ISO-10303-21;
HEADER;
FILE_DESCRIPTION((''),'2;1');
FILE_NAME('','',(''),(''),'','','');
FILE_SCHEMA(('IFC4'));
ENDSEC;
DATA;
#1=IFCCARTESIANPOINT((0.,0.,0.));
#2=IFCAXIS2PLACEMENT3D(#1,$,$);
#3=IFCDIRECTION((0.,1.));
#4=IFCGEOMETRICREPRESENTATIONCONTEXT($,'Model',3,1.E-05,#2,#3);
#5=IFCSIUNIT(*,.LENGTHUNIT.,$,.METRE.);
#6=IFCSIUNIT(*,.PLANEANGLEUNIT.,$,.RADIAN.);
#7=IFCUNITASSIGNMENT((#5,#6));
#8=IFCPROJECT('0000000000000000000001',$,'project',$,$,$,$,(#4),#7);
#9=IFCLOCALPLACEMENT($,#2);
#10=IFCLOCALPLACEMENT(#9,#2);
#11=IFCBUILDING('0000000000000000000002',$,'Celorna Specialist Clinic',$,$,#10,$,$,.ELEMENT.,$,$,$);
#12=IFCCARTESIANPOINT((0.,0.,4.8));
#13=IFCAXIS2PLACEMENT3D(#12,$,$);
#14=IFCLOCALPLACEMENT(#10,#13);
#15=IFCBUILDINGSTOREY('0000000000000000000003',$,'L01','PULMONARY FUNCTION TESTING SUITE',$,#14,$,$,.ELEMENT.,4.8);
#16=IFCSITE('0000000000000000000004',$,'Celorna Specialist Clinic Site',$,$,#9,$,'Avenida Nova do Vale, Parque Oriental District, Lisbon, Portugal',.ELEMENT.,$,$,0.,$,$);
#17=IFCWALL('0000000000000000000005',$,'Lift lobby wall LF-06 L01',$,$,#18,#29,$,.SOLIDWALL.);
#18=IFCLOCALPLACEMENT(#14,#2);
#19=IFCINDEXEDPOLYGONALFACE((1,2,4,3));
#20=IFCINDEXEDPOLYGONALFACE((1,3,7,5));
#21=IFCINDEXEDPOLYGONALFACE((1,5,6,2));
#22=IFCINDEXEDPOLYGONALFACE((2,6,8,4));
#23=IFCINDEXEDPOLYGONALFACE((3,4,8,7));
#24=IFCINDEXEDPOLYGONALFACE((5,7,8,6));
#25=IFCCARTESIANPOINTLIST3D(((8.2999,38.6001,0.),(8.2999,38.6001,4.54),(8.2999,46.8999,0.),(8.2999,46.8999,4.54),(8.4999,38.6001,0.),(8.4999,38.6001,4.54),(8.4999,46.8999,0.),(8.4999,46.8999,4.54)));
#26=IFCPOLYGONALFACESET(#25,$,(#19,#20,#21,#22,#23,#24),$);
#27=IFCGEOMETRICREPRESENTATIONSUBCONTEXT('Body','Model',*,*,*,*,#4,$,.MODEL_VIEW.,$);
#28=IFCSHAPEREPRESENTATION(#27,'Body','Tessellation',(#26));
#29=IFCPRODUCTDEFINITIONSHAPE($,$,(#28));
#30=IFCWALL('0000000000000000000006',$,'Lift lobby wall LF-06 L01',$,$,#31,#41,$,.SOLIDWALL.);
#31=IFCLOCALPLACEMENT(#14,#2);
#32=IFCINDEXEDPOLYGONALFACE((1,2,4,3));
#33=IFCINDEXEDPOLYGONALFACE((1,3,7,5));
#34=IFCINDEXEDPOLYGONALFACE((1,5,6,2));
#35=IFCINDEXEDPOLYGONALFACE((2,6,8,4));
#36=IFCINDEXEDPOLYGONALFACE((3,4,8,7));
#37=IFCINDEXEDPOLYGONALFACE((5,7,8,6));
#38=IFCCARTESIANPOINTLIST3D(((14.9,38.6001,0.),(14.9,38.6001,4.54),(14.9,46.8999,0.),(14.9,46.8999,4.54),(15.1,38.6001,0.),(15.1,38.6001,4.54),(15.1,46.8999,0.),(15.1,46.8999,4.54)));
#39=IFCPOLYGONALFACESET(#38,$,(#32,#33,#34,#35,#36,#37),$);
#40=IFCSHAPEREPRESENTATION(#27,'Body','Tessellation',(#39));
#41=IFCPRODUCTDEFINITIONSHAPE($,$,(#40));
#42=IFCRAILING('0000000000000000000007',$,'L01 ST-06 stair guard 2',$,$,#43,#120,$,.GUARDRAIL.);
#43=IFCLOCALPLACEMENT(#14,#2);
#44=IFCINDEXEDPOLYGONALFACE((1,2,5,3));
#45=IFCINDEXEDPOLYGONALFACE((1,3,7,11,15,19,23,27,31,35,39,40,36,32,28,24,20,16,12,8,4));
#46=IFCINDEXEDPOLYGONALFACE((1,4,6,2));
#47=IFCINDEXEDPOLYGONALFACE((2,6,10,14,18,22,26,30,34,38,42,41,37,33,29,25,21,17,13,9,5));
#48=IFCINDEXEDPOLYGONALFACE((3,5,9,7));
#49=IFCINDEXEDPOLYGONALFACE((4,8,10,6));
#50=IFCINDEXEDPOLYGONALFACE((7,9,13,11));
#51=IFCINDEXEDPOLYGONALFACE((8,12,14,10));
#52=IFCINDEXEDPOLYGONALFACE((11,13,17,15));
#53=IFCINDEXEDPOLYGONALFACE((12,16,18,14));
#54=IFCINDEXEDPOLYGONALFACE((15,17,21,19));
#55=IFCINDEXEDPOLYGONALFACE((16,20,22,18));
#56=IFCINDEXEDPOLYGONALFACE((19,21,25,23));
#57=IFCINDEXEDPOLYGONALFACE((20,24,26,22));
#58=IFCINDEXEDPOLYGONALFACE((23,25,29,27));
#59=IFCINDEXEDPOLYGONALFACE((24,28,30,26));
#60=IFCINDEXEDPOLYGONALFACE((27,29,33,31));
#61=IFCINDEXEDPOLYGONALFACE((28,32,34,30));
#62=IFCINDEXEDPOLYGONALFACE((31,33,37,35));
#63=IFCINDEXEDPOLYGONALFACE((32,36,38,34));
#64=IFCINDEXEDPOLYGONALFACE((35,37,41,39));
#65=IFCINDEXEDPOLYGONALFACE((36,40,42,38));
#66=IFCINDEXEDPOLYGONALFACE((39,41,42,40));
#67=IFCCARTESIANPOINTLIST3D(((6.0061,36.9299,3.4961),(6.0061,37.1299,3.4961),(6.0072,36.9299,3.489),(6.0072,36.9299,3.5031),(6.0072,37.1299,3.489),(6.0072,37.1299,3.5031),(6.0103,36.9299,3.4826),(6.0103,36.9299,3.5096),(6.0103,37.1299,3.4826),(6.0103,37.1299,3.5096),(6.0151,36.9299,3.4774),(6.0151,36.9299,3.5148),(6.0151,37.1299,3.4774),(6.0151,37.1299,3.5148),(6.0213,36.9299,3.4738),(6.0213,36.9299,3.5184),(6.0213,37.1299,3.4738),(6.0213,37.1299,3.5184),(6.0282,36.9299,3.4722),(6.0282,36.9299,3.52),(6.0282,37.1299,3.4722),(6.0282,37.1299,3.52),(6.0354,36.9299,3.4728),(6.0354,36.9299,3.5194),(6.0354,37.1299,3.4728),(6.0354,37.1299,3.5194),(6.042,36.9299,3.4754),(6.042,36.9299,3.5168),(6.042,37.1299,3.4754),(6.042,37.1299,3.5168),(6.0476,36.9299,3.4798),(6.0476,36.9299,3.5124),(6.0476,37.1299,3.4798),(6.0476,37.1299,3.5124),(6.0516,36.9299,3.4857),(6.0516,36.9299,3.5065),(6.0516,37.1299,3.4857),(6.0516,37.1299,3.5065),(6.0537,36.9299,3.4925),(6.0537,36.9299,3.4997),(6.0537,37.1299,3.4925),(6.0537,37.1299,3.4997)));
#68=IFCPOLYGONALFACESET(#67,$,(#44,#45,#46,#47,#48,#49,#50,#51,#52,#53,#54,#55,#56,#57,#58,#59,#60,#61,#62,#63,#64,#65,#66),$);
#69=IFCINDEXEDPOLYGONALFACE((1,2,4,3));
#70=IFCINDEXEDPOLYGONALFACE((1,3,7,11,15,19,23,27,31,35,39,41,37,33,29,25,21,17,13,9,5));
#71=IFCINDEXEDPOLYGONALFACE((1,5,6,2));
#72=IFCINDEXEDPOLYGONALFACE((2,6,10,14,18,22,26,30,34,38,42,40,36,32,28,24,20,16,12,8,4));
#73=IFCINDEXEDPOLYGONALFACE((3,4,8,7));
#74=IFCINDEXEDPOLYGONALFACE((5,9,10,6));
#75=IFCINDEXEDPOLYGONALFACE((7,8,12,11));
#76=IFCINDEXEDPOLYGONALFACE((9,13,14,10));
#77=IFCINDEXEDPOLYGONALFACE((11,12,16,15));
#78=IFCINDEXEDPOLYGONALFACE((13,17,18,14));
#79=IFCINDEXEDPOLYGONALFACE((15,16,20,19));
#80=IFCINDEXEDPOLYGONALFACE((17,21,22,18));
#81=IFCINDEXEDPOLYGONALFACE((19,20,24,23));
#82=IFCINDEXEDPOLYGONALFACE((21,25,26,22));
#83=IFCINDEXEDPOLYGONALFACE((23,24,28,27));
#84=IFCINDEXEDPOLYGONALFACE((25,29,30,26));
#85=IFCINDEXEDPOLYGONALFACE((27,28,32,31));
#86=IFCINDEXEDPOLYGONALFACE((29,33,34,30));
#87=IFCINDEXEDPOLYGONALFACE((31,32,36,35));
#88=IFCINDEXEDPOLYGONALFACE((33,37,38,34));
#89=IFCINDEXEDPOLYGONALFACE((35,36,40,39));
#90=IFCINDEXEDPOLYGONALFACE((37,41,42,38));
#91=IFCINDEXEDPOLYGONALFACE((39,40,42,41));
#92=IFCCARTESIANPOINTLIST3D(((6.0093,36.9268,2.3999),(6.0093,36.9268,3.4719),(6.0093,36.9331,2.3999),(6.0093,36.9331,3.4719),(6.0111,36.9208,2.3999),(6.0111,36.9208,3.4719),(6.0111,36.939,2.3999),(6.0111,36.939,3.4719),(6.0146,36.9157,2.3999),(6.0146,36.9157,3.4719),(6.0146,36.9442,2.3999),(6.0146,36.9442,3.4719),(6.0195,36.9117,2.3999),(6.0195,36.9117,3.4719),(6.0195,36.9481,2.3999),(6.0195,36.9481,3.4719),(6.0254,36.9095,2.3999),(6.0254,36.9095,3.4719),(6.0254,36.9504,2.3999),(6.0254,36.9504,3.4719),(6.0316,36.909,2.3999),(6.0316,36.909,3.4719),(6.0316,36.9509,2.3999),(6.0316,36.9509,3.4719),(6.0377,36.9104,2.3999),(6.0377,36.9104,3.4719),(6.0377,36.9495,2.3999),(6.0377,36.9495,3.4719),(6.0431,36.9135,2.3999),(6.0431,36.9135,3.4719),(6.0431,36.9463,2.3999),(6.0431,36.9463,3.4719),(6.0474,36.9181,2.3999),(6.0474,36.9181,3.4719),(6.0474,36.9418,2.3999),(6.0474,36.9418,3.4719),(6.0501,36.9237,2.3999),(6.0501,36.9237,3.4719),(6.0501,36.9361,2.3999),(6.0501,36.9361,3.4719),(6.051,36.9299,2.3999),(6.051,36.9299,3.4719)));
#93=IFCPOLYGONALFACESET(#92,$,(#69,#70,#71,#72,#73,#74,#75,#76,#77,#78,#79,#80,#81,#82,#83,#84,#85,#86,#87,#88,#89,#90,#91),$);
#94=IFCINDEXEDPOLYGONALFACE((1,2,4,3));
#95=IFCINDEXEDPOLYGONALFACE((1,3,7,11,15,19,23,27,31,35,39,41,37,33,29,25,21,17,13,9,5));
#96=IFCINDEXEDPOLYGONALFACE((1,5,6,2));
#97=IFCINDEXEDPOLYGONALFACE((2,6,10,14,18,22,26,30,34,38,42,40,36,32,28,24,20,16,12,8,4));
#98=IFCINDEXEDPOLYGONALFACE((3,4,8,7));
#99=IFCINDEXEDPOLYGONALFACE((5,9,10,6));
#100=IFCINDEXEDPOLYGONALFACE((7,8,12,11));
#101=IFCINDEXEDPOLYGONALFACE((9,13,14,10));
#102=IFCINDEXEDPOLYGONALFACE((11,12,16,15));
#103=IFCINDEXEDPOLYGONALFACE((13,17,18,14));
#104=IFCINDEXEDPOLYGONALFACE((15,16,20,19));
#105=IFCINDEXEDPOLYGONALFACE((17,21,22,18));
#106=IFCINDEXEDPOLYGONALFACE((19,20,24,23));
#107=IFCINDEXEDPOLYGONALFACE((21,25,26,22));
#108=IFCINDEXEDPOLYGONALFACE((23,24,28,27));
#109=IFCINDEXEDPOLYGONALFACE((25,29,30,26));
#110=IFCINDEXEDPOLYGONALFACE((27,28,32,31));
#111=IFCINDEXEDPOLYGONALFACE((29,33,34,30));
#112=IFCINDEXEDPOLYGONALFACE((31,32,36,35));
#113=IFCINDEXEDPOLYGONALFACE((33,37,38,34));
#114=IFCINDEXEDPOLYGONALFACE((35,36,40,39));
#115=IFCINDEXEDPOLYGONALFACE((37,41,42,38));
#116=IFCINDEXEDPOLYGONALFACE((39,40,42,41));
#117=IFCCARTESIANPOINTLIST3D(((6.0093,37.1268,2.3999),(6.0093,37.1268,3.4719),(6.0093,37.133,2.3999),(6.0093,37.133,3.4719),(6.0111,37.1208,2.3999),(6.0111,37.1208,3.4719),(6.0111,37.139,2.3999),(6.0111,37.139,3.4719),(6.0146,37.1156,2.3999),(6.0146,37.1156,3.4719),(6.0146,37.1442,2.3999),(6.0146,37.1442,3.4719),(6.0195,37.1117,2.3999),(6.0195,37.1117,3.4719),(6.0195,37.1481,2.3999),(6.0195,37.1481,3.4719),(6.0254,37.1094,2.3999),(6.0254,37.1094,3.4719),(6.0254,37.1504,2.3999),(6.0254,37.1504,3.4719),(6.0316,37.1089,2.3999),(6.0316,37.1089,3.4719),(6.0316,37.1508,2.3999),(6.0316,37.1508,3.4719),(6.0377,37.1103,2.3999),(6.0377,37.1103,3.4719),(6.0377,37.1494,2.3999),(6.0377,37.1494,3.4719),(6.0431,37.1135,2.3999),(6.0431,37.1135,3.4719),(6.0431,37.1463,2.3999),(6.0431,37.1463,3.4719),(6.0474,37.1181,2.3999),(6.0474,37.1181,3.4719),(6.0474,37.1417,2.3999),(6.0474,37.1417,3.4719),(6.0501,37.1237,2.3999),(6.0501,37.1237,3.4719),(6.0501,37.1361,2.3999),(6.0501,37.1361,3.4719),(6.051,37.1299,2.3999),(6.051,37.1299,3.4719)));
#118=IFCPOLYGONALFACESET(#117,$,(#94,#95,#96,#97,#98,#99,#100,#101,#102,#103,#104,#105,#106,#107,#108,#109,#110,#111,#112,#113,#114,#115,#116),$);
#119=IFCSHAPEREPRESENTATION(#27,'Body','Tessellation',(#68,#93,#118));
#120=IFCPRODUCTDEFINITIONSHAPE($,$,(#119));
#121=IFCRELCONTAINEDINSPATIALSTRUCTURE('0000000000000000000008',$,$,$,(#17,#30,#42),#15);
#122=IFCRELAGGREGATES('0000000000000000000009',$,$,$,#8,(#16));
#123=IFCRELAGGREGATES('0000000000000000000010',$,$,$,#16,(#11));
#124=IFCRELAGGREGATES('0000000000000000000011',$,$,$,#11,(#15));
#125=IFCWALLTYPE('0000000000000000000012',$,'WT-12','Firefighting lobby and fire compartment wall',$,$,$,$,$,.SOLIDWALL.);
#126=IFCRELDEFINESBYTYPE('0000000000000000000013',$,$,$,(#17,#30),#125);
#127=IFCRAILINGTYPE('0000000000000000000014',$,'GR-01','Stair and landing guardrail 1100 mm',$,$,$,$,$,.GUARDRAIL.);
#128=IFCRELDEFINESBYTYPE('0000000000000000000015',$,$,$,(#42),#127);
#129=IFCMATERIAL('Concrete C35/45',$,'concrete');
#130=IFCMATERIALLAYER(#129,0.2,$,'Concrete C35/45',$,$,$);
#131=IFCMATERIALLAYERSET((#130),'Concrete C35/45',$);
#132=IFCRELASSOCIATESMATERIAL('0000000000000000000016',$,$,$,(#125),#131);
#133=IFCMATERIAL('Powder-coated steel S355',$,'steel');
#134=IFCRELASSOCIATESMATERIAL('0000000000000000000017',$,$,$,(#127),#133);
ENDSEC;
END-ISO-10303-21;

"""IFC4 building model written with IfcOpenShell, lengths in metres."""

from ifc_helpers import new_model, si_unit, direction, frame, frame_2d, origin, origin_2d, place, context, subcontext, project, spatial, rectangle, circle, extrude, material, layer, layer_set, type_object, element, save


model = new_model("IFC4")

# Units and contexts
model_context = context("Model", 3, precision=1e-05, world=origin(), true_north=direction((0.0, 1.0)))
body_context = subcontext(model_context, "Body", "Model", "MODEL_VIEW")
ifc_project = project(units=[si_unit("LENGTHUNIT", "METRE"), si_unit("PLANEANGLEUNIT", "RADIAN")], contexts=[model_context])

# Site, building, storey
site_placement = place(None, origin())
site = spatial("IfcSite", under=ifc_project, at=site_placement, Name="Celorna Specialist Clinic Site", LongName="Avenida Nova do Vale, Parque Oriental District, Lisbon, Portugal", CompositionType="ELEMENT", RefElevation=0.0)
building_placement = place(site_placement, origin())
building = spatial("IfcBuilding", under=site, at=building_placement, Name="Celorna Specialist Clinic", CompositionType="ELEMENT")
storey_placement = place(building_placement, frame((0.0, 0.0, 4.8)))
storey = spatial("IfcBuildingStorey", under=building, at=storey_placement, Name="L01", Description="PULMONARY FUNCTION TESTING SUITE", CompositionType="ELEMENT", Elevation=4.8)

# Shared definitions
ifc_material_1 = material(Name="Concrete C35/45", Category="concrete")

# Shared definitions
ifc_layer_1 = layer(ifc_material_1, 0.2, Name="Concrete C35/45")
ifc_layer_set_1 = layer_set([ifc_layer_1], Name="Concrete C35/45")
wall_type_1 = type_object("IfcWallType", Name="WT-12", Description="Firefighting lobby and fire compartment wall", PredefinedType="SOLIDWALL", material=ifc_layer_set_1)

# Walls
for number, where, z_axis, x_axis, name in (
    (1, (8.3999, 46.8999, 0.0), (0.0, 0.0, 1.0), (0.0, -1.0, 0.0), "Lift lobby wall LF-06 L01"),
    (2, (15.0, 38.6001, 0.0), (0.0, 0.0, 1.0), (0.0, 1.0, 0.0), "Lift lobby wall LF-06 L01"),
):
    element("IfcWall", number, at=place(storey_placement, frame(where, z_axis=z_axis, x_axis=x_axis)), inside=storey, type_object=wall_type_1, Name=name, PredefinedType="SOLIDWALL", context=body_context, shape_type="SweptSolid", body=[
        extrude(rectangle(XDim=8.2998, YDim=0.2, at=frame_2d((4.1499, 0.0))), origin(), (0.0, 0.0, 1.0), 4.54),
    ])

# Railing
ifc_material_2 = material(Name="Powder-coated steel S355", Category="steel")
railing_type = type_object("IfcRailingType", Name="GR-01", Description="Stair and landing guardrail 1100 mm", PredefinedType="GUARDRAIL", material=ifc_material_2)
railing_placement = place(storey_placement, frame((6.03, 36.9299, 2.3999)))
element("IfcRailing", 3, at=railing_placement, inside=storey, type_object=railing_type, Name="L01 ST-06 stair guard 2", PredefinedType="GUARDRAIL", context=body_context, shape_type="SweptSolid", body=[
    extrude(circle(Radius=0.0239, at=origin_2d()), frame((0.0, 0.0, 1.0962), z_axis=(0.0, 1.0, 0.0), x_axis=(-1.0, 0.0, 0.0)), (0.0, 0.0, 1.0), 0.2),
    extrude(circle(Radius=0.021, at=origin_2d()), origin(), (0.0, 0.0, 1.0), 1.072),
    extrude(circle(Radius=0.021, at=origin_2d()), frame((0.0, 0.2, 0.0)), (0.0, 0.0, 1.0), 1.072),
])

save(model, "model.ifc")
